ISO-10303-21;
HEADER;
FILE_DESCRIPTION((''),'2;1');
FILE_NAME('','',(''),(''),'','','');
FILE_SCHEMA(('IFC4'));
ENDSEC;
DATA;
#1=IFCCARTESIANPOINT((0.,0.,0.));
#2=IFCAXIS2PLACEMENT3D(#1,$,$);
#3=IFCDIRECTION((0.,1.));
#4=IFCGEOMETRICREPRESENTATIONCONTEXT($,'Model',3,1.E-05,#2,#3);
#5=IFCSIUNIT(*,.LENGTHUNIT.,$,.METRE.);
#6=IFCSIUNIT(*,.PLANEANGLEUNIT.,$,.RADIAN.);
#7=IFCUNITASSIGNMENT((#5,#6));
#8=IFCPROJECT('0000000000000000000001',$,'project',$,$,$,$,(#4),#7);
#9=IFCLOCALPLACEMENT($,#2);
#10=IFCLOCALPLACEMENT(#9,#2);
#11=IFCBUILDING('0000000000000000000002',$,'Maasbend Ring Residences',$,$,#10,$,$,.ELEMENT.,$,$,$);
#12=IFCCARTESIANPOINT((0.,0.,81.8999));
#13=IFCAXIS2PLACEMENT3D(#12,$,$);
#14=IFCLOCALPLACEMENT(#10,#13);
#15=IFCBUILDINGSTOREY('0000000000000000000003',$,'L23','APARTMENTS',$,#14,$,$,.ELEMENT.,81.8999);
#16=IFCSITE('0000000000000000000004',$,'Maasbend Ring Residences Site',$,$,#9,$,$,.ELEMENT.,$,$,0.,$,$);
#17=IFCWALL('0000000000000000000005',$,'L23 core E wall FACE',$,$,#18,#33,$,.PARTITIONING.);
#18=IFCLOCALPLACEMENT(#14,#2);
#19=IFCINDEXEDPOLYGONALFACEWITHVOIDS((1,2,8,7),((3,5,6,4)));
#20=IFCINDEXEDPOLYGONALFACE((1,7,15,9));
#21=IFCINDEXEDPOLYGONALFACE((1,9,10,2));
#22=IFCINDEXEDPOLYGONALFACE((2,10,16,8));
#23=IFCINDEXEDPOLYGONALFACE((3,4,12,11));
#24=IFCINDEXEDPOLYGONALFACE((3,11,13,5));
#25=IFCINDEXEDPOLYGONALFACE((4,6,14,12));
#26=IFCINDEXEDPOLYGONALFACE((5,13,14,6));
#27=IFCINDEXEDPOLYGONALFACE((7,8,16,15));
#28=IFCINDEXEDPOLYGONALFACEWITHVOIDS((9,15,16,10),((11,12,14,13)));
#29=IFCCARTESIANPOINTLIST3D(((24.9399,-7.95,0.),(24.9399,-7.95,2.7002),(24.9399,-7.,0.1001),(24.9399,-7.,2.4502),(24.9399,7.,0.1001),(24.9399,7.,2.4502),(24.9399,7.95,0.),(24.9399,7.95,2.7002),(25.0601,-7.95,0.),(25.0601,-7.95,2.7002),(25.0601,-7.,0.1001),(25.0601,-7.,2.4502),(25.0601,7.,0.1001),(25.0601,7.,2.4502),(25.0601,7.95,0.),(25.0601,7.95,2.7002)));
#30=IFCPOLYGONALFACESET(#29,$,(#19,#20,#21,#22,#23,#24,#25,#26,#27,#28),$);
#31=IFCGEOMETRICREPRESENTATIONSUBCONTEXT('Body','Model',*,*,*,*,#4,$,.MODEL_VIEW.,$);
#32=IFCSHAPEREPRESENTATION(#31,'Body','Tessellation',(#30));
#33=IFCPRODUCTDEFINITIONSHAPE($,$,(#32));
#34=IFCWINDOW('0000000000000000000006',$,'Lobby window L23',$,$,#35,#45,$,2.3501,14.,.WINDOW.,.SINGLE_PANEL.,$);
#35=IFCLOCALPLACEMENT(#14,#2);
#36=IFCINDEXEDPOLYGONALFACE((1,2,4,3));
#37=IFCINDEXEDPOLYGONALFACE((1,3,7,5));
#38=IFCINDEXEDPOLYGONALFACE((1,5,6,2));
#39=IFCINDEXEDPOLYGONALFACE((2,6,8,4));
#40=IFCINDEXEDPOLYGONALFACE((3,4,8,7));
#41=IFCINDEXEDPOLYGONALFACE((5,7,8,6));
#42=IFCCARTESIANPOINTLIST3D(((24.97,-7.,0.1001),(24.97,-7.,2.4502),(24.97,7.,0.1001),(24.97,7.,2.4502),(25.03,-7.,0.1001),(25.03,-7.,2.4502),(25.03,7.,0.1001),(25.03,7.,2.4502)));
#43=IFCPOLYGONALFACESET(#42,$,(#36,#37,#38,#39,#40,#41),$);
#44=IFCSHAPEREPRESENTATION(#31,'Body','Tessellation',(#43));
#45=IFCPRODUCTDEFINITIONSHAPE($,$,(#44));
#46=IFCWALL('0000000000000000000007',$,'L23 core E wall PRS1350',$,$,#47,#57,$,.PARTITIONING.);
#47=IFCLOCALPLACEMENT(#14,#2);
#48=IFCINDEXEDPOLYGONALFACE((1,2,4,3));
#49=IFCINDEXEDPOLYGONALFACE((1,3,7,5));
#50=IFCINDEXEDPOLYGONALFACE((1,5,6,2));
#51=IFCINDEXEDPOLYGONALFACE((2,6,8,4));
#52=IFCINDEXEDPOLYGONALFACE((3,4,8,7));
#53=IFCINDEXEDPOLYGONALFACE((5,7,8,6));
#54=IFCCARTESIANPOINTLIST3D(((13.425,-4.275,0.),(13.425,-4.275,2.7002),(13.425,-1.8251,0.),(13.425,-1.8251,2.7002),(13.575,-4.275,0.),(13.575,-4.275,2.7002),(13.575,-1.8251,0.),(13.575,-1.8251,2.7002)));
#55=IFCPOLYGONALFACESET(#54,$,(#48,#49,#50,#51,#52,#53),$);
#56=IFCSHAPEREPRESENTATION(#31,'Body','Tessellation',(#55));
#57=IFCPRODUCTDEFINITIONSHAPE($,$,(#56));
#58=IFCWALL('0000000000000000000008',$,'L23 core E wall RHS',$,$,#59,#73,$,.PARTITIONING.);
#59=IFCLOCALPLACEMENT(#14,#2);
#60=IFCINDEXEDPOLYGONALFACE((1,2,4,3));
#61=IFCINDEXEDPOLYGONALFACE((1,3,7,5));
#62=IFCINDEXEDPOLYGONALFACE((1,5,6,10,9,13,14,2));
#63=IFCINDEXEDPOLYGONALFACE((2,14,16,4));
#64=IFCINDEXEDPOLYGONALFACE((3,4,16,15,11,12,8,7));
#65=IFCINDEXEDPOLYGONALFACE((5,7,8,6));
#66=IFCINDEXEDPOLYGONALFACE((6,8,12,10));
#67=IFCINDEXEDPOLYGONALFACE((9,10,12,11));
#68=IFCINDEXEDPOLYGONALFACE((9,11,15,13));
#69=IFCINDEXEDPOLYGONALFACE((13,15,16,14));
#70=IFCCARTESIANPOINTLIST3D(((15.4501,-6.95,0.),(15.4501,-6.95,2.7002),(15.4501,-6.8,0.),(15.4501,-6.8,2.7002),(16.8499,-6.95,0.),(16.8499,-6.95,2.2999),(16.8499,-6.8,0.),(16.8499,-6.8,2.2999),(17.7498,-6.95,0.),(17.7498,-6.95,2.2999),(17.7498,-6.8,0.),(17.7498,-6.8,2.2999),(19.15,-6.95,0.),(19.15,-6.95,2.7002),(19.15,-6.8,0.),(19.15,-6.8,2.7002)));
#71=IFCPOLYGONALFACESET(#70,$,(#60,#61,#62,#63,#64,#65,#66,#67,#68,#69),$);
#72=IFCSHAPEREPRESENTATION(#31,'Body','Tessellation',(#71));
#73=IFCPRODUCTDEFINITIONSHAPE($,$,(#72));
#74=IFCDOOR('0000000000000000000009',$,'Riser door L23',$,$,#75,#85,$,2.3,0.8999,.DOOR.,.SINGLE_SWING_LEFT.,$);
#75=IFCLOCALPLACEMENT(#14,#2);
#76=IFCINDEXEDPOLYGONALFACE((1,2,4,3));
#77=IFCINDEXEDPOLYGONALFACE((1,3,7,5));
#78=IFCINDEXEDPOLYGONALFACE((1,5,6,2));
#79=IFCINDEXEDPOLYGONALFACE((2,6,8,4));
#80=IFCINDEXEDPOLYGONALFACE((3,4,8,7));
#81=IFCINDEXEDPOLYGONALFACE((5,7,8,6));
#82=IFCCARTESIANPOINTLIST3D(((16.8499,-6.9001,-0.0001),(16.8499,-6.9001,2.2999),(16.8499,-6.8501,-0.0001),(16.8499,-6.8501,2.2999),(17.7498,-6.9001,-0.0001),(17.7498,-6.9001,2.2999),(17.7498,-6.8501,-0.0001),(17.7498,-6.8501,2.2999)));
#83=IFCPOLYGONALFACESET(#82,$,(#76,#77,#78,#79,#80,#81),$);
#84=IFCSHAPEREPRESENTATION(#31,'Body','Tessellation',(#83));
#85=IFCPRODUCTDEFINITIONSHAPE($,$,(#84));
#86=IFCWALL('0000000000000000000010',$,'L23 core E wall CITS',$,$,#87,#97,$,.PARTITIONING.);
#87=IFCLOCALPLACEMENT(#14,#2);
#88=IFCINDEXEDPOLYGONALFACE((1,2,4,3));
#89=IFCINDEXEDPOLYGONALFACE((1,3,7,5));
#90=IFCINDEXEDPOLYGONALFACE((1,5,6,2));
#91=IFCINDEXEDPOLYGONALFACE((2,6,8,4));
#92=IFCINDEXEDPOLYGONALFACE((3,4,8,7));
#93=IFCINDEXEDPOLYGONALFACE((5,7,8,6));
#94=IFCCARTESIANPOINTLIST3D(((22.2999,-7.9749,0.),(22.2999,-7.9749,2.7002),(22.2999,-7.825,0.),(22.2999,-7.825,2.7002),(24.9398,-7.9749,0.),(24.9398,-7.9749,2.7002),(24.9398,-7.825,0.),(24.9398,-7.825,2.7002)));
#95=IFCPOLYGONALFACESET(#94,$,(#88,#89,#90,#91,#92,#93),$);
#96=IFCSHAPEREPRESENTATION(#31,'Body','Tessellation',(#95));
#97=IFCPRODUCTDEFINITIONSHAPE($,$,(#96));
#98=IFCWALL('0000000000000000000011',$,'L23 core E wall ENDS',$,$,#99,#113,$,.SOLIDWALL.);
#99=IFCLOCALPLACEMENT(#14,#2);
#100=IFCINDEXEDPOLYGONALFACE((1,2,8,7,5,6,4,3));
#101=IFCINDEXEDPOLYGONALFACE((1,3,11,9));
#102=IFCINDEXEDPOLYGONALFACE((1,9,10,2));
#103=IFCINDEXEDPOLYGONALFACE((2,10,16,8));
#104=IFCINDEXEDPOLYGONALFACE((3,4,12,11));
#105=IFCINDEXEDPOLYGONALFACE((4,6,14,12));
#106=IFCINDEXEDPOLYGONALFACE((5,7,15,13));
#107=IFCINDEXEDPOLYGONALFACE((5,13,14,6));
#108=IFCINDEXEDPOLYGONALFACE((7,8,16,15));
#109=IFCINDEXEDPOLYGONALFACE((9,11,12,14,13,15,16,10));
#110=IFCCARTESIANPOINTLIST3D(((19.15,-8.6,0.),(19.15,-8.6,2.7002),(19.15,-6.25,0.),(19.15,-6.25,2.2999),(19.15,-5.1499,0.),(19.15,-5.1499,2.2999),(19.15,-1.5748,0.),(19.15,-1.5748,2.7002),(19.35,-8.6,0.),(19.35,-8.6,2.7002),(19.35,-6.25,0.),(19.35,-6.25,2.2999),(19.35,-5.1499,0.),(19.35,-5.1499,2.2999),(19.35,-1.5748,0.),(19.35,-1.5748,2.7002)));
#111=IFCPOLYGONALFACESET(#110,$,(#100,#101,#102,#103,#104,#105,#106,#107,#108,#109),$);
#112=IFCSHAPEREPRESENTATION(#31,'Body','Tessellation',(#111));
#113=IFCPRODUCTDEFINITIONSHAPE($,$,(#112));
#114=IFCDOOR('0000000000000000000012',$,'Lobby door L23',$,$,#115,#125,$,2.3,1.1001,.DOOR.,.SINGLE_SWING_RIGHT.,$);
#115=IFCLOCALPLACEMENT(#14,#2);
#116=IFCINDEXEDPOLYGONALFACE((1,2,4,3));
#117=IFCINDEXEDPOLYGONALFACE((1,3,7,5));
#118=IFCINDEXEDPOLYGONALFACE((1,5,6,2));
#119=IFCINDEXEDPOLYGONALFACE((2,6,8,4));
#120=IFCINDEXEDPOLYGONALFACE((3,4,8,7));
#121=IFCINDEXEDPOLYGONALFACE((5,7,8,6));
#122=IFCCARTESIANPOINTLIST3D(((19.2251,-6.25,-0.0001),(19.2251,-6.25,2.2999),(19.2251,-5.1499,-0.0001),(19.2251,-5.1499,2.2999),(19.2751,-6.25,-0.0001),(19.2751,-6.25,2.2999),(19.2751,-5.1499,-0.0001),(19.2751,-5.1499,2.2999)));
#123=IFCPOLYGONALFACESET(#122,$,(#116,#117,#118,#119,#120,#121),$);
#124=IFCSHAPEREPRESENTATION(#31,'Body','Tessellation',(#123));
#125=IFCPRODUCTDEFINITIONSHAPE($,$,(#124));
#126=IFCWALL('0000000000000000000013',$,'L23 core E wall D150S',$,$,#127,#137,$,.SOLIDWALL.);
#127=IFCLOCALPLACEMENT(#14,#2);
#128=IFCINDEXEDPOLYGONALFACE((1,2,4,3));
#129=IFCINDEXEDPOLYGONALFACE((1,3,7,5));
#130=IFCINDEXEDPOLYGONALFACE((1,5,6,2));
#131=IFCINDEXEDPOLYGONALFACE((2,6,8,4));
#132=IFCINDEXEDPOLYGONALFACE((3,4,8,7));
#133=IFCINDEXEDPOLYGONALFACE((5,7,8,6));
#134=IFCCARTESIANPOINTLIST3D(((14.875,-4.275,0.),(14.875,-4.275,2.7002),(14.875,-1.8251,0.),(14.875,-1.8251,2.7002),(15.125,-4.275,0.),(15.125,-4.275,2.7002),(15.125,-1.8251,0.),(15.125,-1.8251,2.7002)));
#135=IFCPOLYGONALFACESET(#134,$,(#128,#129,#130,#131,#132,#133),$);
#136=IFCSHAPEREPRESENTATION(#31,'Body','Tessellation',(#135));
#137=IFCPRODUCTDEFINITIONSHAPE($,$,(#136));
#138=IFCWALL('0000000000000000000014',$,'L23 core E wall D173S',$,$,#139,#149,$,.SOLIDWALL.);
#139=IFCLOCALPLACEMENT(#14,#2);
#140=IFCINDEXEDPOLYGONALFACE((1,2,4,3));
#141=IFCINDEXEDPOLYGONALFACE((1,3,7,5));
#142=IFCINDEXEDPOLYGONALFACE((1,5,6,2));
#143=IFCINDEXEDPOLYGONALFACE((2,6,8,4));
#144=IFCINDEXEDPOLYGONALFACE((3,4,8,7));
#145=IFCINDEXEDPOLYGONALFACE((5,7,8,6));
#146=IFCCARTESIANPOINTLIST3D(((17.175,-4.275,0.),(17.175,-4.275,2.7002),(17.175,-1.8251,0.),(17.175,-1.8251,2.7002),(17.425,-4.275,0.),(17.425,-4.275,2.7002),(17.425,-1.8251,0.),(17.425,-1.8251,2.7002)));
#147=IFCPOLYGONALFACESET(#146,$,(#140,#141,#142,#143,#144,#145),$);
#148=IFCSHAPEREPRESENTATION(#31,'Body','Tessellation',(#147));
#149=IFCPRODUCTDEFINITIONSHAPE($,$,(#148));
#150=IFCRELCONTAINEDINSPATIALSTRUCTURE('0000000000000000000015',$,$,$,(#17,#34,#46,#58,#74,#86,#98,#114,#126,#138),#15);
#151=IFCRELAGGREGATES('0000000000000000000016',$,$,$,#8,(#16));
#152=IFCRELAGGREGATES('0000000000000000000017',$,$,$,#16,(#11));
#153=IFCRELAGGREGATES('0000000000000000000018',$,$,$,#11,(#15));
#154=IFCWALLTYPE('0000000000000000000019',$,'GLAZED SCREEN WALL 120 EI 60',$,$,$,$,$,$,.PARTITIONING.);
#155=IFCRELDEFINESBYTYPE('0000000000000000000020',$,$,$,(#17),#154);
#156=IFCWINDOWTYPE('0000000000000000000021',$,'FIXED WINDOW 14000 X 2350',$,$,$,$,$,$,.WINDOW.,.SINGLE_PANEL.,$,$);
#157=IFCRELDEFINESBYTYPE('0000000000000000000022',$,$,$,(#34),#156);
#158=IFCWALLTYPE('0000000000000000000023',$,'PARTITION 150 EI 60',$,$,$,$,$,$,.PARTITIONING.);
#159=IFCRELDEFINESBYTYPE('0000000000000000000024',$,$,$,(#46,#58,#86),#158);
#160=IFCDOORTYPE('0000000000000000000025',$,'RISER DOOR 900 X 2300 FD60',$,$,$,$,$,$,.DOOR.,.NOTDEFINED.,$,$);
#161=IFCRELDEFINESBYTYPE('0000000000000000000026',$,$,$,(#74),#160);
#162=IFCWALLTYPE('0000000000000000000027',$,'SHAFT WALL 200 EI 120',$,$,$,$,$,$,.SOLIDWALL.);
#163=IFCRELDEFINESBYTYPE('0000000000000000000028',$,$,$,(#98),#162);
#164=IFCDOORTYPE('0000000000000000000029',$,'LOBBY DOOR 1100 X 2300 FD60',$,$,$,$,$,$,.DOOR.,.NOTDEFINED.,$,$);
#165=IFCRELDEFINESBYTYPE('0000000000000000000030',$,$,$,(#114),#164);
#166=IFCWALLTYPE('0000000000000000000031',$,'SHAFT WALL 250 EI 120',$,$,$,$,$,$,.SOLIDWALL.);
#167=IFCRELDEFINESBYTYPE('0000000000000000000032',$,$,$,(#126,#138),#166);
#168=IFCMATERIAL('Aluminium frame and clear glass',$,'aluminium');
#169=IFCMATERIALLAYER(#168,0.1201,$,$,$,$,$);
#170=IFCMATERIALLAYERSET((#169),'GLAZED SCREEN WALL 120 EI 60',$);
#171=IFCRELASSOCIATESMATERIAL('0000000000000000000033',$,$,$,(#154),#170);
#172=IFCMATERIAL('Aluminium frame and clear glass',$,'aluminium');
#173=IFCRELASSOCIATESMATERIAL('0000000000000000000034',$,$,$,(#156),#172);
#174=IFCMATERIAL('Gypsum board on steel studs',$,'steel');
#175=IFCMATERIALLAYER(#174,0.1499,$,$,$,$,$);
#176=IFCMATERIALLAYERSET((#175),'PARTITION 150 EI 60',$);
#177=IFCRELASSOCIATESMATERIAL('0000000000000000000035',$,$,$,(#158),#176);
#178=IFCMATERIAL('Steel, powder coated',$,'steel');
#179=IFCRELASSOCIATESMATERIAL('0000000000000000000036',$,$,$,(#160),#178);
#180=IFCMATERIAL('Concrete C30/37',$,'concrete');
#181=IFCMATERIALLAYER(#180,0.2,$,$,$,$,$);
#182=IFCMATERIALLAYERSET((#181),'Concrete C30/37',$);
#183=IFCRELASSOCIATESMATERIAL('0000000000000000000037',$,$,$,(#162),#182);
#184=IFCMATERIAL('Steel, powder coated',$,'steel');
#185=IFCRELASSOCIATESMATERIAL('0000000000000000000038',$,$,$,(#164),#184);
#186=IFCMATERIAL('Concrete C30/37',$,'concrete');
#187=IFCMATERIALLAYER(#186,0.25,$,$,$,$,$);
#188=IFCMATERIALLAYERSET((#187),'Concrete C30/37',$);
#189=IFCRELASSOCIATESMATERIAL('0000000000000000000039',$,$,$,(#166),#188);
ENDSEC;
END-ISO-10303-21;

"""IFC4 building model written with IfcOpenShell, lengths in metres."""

from ifc_helpers import new_model, si_unit, direction, frame, frame_2d, origin, place, context, subcontext, project, spatial, rectangle, extrude, material, layer, layer_set, type_object, element, fill, save


model = new_model("IFC4")

# Units and contexts
model_context = context("Model", 3, precision=1e-05, world=origin(), true_north=direction((0.0, 1.0)))
body_context = subcontext(model_context, "Body", "Model", "MODEL_VIEW")
ifc_project = project(units=[si_unit("LENGTHUNIT", "METRE"), si_unit("PLANEANGLEUNIT", "RADIAN")], contexts=[model_context])

# Site, building, storey
site_placement = place(None, origin())
site = spatial("IfcSite", under=ifc_project, at=site_placement, Name="Maasbend Ring Residences Site", CompositionType="ELEMENT", RefElevation=0.0)
building_placement = place(site_placement, origin())
building = spatial("IfcBuilding", under=site, at=building_placement, Name="Maasbend Ring Residences", CompositionType="ELEMENT")
storey_placement = place(building_placement, frame((0.0, 0.0, 81.8999)))
storey = spatial("IfcBuildingStorey", under=building, at=storey_placement, Name="L23", Description="APARTMENTS", CompositionType="ELEMENT", Elevation=81.8999)

# Wall, opening, window
ifc_material_1 = material(Name="Aluminium frame and clear glass", Category="aluminium")
ifc_layer_1 = layer(ifc_material_1, 0.1201)
ifc_layer_set_1 = layer_set([ifc_layer_1], Name="GLAZED SCREEN WALL 120 EI 60")
wall_type_1 = type_object("IfcWallType", Name="GLAZED SCREEN WALL 120 EI 60", PredefinedType="PARTITIONING", material=ifc_layer_set_1)
wall_1_placement = place(storey_placement, frame((25.0, -7.95, 0.0), z_axis=(0.0, 0.0, 1.0), x_axis=(0.0, 1.0, 0.0)))
wall_1 = element("IfcWall", 1, at=wall_1_placement, inside=storey, type_object=wall_type_1, Name="L23 core E wall FACE", PredefinedType="PARTITIONING", context=body_context, shape_type="SweptSolid", body=[
    extrude(rectangle(XDim=15.8999, YDim=0.1201, at=frame_2d((7.95, 0.0))), origin(), (0.0, 0.0, 1.0), 2.7002),
])
opening_1_placement = place(wall_1_placement, frame((0.95, 0.0, 0.1001)))
opening_1 = element("IfcOpeningElement", 2, at=opening_1_placement, cuts=wall_1, PredefinedType="OPENING", context=body_context, shape_type="SweptSolid", body=[
    extrude(rectangle(XDim=14.0, YDim=2.3501, at=frame_2d((7.0, 1.175))), frame((0.0, 0.0701, 0.0), z_axis=(0.0, -1.0, 0.0), x_axis=(1.0, 0.0, 0.0)), (0.0, 0.0, 1.0), 0.1401),
])
ifc_material_2 = material(Name="Aluminium frame and clear glass", Category="aluminium")
window_type = type_object("IfcWindowType", Name="FIXED WINDOW 14000 X 2350", PartitioningType="SINGLE_PANEL", PredefinedType="WINDOW", material=ifc_material_2)
window_placement = place(opening_1_placement, origin())
window = element("IfcWindow", 3, at=window_placement, inside=storey, type_object=window_type, Name="Lobby window L23", OverallHeight=2.3501, OverallWidth=14.0, PartitioningType="SINGLE_PANEL", PredefinedType="WINDOW", context=body_context, shape_type="SweptSolid", body=[
    extrude(rectangle(XDim=14.0, YDim=2.3501, at=frame_2d((7.0, 1.175))), frame((0.0, 0.03, 0.0), z_axis=(0.0, -1.0, 0.0), x_axis=(1.0, 0.0, 0.0)), (0.0, 0.0, 1.0), 0.0601),
])
fill(opening_1, window)

# Wall
ifc_material_3 = material(Name="Gypsum board on steel studs", Category="steel")
ifc_layer_2 = layer(ifc_material_3, 0.1499)
ifc_layer_set_2 = layer_set([ifc_layer_2], Name="PARTITION 150 EI 60")
wall_type_2 = type_object("IfcWallType", Name="PARTITION 150 EI 60", PredefinedType="PARTITIONING", material=ifc_layer_set_2)
wall_2_placement = place(storey_placement, frame((13.5, -1.825, 0.0), z_axis=(0.0, 0.0, 1.0), x_axis=(0.0, -1.0, 0.0)))
element("IfcWall", 4, at=wall_2_placement, inside=storey, type_object=wall_type_2, Name="L23 core E wall PRS1350", PredefinedType="PARTITIONING", context=body_context, shape_type="SweptSolid", body=[
    extrude(rectangle(XDim=2.45, YDim=0.1499, at=frame_2d((1.2251, 0.0))), origin(), (0.0, 0.0, 1.0), 2.7002),
])

# Wall, opening, door
wall_3_placement = place(storey_placement, frame((15.45, -6.875, 0.0), z_axis=(0.0, 0.0, 1.0), x_axis=(1.0, 0.0, 0.0)))
wall_3 = element("IfcWall", 5, at=wall_3_placement, inside=storey, type_object=wall_type_2, Name="L23 core E wall RHS", PredefinedType="PARTITIONING", context=body_context, shape_type="SweptSolid", body=[
    extrude(rectangle(XDim=3.7, YDim=0.1499, at=frame_2d((1.8501, 0.0))), origin(), (0.0, 0.0, 1.0), 2.7002),
])
opening_2_placement = place(wall_3_placement, frame((1.3999, 0.0, 0.0)))
opening_2 = element("IfcOpeningElement", 6, at=opening_2_placement, cuts=wall_3, PredefinedType="OPENING", context=body_context, shape_type="SweptSolid", body=[
    extrude(rectangle(XDim=0.8999, YDim=2.3, at=frame_2d((0.45, 1.1499))), frame((0.0, 0.085, 0.0), z_axis=(0.0, -1.0, 0.0), x_axis=(1.0, 0.0, 0.0)), (0.0, 0.0, 1.0), 0.1699),
])
ifc_material_4 = material(Name="Steel, powder coated", Category="steel")
door_type_1 = type_object("IfcDoorType", Name="RISER DOOR 900 X 2300 FD60", OperationType="NOTDEFINED", PredefinedType="DOOR", material=ifc_material_4)
door_1_placement = place(opening_2_placement, origin())
door_1 = element("IfcDoor", 7, at=door_1_placement, inside=storey, type_object=door_type_1, Name="Riser door L23", OperationType="SINGLE_SWING_LEFT", OverallHeight=2.3, OverallWidth=0.8999, PredefinedType="DOOR", context=body_context, shape_type="SweptSolid", body=[
    extrude(rectangle(XDim=0.8999, YDim=2.3, at=frame_2d((0.45, 1.1499))), frame((0.0, 0.0249, 0.0), z_axis=(0.0, -1.0, 0.0), x_axis=(1.0, 0.0, 0.0)), (0.0, 0.0, 1.0), 0.05),
])
fill(opening_2, door_1)

# Wall
wall_4_placement = place(storey_placement, frame((22.3, -7.8999, 0.0), z_axis=(0.0, 0.0, 1.0), x_axis=(1.0, 0.0, 0.0)))
element("IfcWall", 8, at=wall_4_placement, inside=storey, type_object=wall_type_2, Name="L23 core E wall CITS", PredefinedType="PARTITIONING", context=body_context, shape_type="SweptSolid", body=[
    extrude(rectangle(XDim=2.6399, YDim=0.1499, at=frame_2d((1.3198, 0.0))), origin(), (0.0, 0.0, 1.0), 2.7002),
])

# Wall, opening, door
ifc_material_5 = material(Name="Concrete C30/37", Category="concrete")
ifc_layer_3 = layer(ifc_material_5, 0.2)
ifc_layer_set_3 = layer_set([ifc_layer_3], Name="Concrete C30/37")
wall_type_3 = type_object("IfcWallType", Name="SHAFT WALL 200 EI 120", PredefinedType="SOLIDWALL", material=ifc_layer_set_3)
wall_5_placement = place(storey_placement, frame((19.25, -8.6001, 0.0), z_axis=(0.0, 0.0, 1.0), x_axis=(0.0, 1.0, 0.0)))
wall_5 = element("IfcWall", 9, at=wall_5_placement, inside=storey, type_object=wall_type_3, Name="L23 core E wall ENDS", PredefinedType="SOLIDWALL", context=body_context, shape_type="SweptSolid", body=[
    extrude(rectangle(XDim=7.0251, YDim=0.2, at=frame_2d((3.5127, 0.0))), origin(), (0.0, 0.0, 1.0), 2.7002),
])
opening_3_placement = place(wall_5_placement, frame((2.3501, 0.0, 0.0)))
opening_3 = element("IfcOpeningElement", 10, at=opening_3_placement, cuts=wall_5, PredefinedType="OPENING", context=body_context, shape_type="SweptSolid", body=[
    extrude(rectangle(XDim=1.1001, YDim=2.3, at=frame_2d((0.55, 1.1499))), frame((0.0, 0.1099, 0.0), z_axis=(0.0, -1.0, 0.0), x_axis=(1.0, 0.0, 0.0)), (0.0, 0.0, 1.0), 0.22),
])
ifc_material_6 = material(Name="Steel, powder coated", Category="steel")
door_type_2 = type_object("IfcDoorType", Name="LOBBY DOOR 1100 X 2300 FD60", OperationType="NOTDEFINED", PredefinedType="DOOR", material=ifc_material_6)
door_2_placement = place(opening_3_placement, origin())
door_2 = element("IfcDoor", 11, at=door_2_placement, inside=storey, type_object=door_type_2, Name="Lobby door L23", OperationType="SINGLE_SWING_RIGHT", OverallHeight=2.3, OverallWidth=1.1001, PredefinedType="DOOR", context=body_context, shape_type="SweptSolid", body=[
    extrude(rectangle(XDim=1.1001, YDim=2.3, at=frame_2d((0.55, 1.1499))), frame((0.0, 0.0249, 0.0), z_axis=(0.0, -1.0, 0.0), x_axis=(1.0, 0.0, 0.0)), (0.0, 0.0, 1.0), 0.05),
])
fill(opening_3, door_2)

# Walls
ifc_material_7 = material(Name="Concrete C30/37", Category="concrete")
ifc_layer_4 = layer(ifc_material_7, 0.25)
ifc_layer_set_4 = layer_set([ifc_layer_4], Name="Concrete C30/37")
wall_type_4 = type_object("IfcWallType", Name="SHAFT WALL 250 EI 120", PredefinedType="SOLIDWALL", material=ifc_layer_set_4)
for number, where, z_axis, x_axis, name in (
    (12, (15.0, -1.825, 0.0), (0.0, 0.0, 1.0), (0.0, -1.0, 0.0), "L23 core E wall D150S"),
    (13, (17.3, -1.825, 0.0), (0.0, 0.0, 1.0), (0.0, -1.0, 0.0), "L23 core E wall D173S"),
):
    element("IfcWall", number, at=place(storey_placement, frame(where, z_axis=z_axis, x_axis=x_axis)), inside=storey, type_object=wall_type_4, Name=name, PredefinedType="SOLIDWALL", context=body_context, shape_type="SweptSolid", body=[
        extrude(rectangle(XDim=2.45, YDim=0.25, at=frame_2d((1.2251, 0.0))), origin(), (0.0, 0.0, 1.0), 2.7002),
    ])

save(model, "model.ifc")
